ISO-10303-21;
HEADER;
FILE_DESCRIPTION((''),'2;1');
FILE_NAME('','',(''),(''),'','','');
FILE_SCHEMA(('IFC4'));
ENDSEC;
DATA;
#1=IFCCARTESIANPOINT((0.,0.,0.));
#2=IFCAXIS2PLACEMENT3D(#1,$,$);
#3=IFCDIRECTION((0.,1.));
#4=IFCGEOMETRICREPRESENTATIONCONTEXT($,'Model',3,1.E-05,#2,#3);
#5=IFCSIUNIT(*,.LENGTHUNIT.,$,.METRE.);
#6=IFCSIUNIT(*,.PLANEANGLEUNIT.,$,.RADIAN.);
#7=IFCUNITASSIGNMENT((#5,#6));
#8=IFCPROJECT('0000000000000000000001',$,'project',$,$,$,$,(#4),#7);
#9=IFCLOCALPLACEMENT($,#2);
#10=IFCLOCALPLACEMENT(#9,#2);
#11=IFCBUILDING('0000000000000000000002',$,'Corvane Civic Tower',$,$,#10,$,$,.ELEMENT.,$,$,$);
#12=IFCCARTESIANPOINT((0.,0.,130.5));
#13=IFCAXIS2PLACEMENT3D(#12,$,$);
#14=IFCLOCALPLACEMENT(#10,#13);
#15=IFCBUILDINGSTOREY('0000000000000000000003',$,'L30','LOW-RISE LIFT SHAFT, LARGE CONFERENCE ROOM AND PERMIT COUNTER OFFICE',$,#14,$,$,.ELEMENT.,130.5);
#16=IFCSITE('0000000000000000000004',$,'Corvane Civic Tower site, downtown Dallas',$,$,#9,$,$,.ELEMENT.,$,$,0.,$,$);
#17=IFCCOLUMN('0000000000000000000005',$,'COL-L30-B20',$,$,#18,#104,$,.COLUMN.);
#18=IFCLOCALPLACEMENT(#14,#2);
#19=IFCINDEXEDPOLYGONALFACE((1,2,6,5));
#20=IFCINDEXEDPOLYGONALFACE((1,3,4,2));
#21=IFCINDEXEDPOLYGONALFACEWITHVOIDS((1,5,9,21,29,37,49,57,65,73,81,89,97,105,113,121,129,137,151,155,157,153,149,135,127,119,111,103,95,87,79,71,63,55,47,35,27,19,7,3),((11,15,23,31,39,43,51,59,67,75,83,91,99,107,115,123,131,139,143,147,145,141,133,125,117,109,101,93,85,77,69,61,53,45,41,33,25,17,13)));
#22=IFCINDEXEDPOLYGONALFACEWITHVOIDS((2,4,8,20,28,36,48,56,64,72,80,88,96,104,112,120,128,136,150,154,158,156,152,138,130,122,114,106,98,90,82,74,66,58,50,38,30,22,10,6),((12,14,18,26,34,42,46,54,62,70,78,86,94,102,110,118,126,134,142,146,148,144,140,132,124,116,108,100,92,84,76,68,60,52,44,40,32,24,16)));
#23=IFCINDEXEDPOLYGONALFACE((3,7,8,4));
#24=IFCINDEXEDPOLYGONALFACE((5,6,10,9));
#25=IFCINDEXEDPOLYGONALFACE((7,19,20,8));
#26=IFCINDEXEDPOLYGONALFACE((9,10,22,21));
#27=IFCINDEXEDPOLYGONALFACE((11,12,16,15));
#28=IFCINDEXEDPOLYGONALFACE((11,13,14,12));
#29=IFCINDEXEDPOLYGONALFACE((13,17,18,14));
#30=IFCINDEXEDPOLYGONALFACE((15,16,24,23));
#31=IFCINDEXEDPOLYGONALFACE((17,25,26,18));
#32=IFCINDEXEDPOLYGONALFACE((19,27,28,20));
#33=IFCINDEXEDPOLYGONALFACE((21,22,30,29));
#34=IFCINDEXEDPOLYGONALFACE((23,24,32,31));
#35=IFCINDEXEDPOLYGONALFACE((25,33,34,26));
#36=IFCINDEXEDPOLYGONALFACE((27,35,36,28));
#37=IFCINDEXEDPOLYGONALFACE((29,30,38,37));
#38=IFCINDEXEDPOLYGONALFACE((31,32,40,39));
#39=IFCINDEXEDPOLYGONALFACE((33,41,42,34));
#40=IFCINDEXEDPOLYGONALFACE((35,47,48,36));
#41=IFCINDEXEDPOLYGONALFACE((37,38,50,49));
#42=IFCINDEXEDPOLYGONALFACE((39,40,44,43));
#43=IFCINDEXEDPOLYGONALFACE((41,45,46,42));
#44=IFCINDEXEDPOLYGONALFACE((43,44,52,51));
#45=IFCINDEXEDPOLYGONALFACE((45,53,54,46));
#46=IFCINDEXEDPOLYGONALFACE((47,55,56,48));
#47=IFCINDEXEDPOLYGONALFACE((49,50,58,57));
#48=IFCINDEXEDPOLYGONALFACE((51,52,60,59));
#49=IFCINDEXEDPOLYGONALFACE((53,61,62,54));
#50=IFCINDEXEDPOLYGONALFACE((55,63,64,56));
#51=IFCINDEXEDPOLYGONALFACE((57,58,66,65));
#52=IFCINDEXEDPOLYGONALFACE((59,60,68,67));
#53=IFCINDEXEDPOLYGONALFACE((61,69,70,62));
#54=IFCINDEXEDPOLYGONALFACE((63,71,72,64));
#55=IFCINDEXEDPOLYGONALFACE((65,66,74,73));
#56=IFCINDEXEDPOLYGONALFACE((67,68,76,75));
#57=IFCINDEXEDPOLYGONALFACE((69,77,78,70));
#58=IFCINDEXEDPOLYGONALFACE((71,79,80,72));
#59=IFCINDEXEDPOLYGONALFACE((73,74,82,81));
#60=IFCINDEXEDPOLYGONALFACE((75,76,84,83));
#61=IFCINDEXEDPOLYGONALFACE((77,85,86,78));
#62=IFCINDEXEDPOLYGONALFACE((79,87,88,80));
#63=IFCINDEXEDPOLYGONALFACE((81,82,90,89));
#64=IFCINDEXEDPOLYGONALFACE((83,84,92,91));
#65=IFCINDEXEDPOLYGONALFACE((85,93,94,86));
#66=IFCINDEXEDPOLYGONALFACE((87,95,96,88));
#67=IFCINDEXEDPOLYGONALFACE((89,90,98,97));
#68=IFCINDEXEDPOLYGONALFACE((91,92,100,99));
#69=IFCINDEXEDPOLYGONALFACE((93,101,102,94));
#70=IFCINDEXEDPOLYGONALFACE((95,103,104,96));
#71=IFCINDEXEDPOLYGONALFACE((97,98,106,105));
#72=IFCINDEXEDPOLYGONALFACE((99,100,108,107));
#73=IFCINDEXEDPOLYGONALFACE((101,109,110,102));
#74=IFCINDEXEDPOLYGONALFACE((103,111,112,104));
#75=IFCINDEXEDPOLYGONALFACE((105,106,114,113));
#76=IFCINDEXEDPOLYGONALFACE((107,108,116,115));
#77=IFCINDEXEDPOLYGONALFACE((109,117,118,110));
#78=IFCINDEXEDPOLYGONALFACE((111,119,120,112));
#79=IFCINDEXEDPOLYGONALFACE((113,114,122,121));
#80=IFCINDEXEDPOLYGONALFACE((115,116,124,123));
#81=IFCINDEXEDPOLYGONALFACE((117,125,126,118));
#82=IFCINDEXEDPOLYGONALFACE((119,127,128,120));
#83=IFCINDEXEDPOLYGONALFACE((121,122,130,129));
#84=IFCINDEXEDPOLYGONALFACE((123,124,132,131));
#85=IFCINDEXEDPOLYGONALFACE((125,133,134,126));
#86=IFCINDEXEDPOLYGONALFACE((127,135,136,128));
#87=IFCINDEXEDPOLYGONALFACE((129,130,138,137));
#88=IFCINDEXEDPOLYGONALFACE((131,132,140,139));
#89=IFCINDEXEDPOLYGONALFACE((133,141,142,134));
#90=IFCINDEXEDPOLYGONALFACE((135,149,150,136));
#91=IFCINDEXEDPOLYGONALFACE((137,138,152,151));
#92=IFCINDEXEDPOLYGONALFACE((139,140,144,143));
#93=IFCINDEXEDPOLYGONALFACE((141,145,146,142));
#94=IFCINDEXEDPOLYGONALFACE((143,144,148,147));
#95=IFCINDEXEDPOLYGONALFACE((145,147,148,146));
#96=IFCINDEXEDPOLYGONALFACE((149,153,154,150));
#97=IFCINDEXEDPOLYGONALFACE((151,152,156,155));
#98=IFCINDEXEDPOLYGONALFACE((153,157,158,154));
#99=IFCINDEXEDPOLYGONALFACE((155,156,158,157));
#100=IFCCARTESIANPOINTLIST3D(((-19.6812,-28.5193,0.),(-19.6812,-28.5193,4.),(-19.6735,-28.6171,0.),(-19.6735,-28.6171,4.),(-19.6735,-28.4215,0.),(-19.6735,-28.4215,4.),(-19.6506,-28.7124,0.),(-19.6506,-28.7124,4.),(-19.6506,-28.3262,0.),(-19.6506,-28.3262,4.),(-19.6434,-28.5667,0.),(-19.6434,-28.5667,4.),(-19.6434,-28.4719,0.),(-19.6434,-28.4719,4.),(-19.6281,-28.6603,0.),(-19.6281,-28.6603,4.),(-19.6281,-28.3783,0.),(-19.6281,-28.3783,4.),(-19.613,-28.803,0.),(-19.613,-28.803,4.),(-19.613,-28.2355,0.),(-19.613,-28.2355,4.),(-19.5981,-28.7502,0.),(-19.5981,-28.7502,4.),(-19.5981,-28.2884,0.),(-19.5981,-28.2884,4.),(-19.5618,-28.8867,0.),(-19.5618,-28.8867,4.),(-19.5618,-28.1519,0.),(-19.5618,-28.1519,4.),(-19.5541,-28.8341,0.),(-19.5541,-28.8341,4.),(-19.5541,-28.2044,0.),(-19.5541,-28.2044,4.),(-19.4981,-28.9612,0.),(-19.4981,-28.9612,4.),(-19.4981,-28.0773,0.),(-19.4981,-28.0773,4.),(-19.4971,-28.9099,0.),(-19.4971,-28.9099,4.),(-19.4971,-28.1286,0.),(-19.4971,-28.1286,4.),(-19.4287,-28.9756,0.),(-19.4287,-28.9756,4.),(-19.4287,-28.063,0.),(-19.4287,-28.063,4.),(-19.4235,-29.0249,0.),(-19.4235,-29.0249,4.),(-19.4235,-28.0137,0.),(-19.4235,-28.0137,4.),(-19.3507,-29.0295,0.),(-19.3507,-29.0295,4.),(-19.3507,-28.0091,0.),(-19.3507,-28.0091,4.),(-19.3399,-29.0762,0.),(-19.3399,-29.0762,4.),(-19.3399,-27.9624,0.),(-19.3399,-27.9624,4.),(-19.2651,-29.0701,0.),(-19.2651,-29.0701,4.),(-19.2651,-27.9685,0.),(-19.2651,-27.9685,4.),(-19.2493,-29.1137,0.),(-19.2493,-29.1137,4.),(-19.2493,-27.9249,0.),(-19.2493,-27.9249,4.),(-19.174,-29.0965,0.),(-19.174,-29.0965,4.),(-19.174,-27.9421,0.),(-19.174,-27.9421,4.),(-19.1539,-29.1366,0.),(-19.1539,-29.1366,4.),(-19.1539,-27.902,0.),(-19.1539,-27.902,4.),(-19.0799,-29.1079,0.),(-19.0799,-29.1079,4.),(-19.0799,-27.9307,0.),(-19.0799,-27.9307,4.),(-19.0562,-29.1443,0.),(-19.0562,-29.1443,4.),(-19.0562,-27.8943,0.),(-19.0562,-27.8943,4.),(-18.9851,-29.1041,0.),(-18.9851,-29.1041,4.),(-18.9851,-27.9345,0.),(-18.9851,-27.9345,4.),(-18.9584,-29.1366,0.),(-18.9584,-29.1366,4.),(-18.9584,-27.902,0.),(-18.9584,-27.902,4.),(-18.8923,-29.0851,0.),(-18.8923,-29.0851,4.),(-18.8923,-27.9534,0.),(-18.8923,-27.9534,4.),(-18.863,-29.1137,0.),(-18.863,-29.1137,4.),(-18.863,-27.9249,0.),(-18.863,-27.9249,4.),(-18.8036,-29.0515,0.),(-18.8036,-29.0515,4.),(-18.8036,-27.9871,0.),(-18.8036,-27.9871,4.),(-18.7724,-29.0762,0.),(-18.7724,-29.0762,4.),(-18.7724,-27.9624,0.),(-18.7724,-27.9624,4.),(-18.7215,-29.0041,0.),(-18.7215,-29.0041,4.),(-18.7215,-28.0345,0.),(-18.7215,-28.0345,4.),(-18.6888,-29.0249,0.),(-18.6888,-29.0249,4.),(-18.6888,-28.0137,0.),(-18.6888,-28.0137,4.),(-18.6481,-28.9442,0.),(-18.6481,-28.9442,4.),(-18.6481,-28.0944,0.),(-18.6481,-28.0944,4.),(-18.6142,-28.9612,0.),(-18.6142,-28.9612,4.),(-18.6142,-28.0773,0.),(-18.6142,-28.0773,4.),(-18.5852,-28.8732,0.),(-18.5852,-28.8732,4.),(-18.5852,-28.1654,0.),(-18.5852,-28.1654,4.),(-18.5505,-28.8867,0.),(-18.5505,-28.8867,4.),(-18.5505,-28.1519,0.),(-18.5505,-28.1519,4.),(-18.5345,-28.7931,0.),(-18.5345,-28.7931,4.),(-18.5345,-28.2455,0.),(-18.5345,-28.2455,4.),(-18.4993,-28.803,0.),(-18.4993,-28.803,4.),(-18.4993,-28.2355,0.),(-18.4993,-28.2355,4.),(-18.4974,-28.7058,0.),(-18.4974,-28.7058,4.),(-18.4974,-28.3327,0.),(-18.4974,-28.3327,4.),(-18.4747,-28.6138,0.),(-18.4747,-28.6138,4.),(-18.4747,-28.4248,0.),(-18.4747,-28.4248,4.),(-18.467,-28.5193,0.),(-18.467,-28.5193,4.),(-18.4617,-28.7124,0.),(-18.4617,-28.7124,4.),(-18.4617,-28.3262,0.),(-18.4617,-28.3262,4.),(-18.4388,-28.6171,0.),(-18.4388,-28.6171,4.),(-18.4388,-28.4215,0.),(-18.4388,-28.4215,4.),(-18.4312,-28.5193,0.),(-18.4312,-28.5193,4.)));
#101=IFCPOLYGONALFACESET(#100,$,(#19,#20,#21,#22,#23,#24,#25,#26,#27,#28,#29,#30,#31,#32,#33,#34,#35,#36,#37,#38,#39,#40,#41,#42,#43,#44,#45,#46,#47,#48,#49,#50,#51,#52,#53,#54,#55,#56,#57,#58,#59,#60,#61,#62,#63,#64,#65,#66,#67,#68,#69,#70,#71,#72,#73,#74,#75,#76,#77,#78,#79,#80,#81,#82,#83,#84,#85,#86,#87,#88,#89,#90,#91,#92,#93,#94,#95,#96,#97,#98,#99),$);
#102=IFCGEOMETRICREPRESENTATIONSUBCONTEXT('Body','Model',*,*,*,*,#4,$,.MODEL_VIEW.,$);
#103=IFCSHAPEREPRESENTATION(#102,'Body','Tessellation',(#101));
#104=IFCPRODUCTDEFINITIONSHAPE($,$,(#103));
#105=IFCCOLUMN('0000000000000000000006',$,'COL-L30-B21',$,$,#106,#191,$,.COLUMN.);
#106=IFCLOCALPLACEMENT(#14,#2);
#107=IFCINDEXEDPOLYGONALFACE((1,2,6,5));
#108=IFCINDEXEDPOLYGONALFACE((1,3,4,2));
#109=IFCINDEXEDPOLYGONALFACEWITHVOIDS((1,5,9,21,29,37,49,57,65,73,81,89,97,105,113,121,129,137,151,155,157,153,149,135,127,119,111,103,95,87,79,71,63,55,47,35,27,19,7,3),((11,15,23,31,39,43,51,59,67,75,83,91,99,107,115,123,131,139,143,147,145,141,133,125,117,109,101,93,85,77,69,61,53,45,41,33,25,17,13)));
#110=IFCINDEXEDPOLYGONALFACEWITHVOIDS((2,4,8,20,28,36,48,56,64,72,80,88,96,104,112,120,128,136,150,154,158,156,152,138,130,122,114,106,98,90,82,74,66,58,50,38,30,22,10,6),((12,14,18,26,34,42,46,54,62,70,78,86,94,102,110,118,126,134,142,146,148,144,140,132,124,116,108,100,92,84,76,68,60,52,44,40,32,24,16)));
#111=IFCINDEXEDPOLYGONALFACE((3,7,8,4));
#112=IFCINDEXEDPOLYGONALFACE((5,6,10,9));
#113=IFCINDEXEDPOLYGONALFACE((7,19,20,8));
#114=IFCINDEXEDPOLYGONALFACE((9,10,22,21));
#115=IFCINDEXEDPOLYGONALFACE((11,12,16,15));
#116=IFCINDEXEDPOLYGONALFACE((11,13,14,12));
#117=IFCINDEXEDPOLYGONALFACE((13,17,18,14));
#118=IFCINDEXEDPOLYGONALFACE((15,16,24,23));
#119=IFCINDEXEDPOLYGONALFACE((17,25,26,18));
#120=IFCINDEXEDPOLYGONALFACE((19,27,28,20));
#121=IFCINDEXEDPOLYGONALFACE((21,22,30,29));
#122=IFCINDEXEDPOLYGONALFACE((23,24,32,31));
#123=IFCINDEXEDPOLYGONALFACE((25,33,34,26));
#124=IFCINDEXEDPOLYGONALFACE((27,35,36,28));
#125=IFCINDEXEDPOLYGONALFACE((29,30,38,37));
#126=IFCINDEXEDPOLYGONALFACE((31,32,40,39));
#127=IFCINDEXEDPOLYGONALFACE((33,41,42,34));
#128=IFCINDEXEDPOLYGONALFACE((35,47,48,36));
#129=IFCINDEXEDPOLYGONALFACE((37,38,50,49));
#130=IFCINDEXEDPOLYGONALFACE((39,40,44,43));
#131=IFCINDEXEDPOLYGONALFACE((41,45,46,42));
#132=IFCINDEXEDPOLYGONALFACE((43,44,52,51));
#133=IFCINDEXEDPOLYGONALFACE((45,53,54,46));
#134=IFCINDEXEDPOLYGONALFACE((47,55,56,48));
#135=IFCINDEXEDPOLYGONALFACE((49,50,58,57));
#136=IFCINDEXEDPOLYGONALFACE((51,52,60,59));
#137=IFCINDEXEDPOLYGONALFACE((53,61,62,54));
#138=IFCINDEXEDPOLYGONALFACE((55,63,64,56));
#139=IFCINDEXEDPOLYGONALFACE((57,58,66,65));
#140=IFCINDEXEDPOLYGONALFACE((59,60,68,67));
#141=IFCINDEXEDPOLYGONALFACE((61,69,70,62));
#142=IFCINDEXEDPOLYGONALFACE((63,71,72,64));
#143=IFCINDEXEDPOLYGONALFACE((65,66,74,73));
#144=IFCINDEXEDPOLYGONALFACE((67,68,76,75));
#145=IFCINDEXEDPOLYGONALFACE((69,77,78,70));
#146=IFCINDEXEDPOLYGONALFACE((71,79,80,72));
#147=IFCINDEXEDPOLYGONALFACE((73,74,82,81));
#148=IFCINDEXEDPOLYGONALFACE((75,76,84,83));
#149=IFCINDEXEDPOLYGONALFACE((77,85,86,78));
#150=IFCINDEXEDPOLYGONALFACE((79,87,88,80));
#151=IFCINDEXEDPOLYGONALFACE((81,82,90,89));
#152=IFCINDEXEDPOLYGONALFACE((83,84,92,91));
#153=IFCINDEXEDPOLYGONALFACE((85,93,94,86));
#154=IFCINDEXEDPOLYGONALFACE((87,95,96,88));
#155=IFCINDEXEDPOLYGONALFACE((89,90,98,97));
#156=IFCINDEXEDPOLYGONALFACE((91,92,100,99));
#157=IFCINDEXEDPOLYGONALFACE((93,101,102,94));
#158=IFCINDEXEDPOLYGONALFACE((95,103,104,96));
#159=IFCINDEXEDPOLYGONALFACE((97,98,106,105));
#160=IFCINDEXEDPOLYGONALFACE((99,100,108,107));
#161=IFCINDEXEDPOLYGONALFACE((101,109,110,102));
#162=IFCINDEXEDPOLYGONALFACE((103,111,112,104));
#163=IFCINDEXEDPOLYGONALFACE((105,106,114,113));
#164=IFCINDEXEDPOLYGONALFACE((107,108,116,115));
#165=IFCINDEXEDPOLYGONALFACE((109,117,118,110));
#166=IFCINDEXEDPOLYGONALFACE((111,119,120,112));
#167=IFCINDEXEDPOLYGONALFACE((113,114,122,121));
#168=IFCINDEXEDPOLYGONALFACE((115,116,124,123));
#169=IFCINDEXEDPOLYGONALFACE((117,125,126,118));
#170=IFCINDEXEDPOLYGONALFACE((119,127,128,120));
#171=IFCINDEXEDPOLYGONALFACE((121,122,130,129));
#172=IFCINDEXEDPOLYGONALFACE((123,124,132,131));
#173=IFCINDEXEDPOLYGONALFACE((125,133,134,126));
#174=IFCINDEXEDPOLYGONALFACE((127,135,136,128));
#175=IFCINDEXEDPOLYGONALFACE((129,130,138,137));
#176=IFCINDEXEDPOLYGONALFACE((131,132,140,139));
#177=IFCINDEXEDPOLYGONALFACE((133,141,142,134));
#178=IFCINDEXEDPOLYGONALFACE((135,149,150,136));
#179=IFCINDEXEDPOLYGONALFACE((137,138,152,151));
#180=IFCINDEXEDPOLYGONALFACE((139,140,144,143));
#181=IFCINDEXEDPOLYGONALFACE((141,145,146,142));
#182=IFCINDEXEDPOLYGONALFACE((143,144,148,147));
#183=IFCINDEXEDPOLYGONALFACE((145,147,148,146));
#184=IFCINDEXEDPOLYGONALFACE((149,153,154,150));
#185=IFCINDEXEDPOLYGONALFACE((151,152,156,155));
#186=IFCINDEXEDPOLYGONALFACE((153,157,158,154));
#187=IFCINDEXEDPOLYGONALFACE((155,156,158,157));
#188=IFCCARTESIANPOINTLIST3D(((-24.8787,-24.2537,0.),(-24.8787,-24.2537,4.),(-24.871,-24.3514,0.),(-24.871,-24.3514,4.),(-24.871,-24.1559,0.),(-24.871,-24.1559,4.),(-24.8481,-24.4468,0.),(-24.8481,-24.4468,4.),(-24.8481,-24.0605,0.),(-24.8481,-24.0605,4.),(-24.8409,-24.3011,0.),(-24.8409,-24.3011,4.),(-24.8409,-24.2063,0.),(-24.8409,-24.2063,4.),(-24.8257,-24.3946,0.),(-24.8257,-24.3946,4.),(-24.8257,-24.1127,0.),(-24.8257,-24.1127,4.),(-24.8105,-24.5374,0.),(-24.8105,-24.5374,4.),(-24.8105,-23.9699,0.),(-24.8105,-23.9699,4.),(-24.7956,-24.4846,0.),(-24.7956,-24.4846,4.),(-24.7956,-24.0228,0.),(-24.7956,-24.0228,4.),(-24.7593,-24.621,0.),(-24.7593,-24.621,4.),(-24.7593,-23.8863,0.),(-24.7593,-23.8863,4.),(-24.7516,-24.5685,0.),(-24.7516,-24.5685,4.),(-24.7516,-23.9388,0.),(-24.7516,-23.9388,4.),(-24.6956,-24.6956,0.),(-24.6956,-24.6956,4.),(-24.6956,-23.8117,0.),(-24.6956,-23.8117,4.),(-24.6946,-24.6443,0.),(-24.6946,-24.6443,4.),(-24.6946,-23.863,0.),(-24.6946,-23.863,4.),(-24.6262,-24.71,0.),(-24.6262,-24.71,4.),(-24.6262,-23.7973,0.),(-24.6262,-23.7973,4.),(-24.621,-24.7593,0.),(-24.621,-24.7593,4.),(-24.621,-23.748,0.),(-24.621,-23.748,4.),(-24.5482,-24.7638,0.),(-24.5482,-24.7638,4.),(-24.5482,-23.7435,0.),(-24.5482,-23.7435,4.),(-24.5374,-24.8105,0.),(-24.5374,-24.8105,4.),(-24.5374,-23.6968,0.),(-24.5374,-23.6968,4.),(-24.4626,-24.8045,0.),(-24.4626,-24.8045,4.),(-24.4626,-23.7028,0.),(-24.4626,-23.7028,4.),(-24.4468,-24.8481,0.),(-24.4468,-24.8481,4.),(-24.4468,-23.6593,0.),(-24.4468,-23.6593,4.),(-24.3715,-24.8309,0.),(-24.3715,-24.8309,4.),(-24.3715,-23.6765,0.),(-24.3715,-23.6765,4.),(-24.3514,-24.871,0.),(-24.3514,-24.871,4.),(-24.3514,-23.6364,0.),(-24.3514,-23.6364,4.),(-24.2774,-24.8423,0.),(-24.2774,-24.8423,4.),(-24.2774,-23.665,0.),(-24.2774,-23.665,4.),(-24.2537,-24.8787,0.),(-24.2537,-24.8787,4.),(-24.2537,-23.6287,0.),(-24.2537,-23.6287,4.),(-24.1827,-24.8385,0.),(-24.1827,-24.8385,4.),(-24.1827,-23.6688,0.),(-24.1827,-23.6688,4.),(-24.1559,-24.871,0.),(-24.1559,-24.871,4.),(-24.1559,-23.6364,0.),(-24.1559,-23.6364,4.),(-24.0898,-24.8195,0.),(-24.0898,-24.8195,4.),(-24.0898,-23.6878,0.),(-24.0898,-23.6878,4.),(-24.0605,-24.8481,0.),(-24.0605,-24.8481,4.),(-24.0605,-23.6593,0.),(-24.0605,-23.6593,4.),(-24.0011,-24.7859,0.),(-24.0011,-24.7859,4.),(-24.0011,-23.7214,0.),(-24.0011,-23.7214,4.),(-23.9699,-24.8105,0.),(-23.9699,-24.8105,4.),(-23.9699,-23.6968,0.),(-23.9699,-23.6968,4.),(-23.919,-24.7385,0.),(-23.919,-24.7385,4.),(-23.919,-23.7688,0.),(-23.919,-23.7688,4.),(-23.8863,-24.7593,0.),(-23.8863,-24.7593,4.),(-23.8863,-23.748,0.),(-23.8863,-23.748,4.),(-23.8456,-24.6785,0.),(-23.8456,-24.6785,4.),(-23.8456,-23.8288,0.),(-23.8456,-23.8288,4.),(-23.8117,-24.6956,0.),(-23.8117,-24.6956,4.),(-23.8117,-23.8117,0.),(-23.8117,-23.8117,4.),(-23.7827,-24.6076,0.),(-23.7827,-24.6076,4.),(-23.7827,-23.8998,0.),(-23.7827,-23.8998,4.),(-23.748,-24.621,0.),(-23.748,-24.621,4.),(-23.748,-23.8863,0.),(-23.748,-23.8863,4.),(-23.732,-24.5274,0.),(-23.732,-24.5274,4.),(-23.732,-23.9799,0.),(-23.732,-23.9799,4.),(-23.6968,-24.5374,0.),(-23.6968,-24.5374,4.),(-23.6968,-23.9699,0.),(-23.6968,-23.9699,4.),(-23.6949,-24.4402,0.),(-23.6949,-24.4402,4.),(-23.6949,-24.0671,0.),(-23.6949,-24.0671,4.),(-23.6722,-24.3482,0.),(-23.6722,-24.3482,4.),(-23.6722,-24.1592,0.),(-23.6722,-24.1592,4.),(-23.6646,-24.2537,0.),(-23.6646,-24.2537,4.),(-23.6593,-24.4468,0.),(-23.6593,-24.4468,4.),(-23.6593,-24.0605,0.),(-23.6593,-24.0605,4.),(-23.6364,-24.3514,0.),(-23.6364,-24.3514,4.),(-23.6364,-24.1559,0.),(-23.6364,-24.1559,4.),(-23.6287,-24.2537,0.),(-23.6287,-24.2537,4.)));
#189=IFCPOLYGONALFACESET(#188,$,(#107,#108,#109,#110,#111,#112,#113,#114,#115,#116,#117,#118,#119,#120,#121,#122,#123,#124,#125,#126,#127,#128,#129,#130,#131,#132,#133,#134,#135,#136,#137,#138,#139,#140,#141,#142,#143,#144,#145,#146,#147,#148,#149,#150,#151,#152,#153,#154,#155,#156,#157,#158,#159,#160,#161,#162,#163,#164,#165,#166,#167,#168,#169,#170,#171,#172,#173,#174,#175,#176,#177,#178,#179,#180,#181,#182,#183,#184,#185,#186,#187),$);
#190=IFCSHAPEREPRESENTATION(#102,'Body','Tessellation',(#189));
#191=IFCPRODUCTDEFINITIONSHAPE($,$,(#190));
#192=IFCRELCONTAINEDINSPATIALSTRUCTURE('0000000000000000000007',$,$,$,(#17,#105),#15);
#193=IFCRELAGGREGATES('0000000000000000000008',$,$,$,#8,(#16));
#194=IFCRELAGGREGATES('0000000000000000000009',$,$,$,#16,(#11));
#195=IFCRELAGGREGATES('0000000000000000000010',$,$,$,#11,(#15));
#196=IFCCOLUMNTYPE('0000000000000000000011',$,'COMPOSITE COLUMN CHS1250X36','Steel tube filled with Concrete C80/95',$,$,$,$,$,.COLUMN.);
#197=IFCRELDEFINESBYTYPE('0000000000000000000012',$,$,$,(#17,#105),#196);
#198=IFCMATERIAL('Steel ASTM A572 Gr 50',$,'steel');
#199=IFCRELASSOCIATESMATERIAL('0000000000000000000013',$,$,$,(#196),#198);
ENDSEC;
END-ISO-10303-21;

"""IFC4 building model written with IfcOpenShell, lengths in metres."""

from ifc_helpers import new_model, si_unit, direction, frame, origin, origin_2d, place, context, subcontext, project, spatial, hollow_circle, extrude, material, material_profile, profile_set, type_object, element, save


model = new_model("IFC4")

# Units and contexts
model_context = context("Model", 3, precision=1e-05, world=origin(), true_north=direction((0.0, 1.0)))
body_context = subcontext(model_context, "Body", "Model", "MODEL_VIEW")
ifc_project = project(units=[si_unit("LENGTHUNIT", "METRE"), si_unit("PLANEANGLEUNIT", "RADIAN")], contexts=[model_context])

# Site, building, storey
site_placement = place(None, origin())
site = spatial("IfcSite", under=ifc_project, at=site_placement, Name="Corvane Civic Tower site, downtown Dallas", CompositionType="ELEMENT", RefElevation=0.0)
building_placement = place(site_placement, origin())
building = spatial("IfcBuilding", under=site, at=building_placement, Name="Corvane Civic Tower", CompositionType="ELEMENT")
storey_placement = place(building_placement, frame((0.0, 0.0, 130.5)))
storey = spatial("IfcBuildingStorey", under=building, at=storey_placement, Name="L30", Description="LOW-RISE LIFT SHAFT, LARGE CONFERENCE ROOM AND PERMIT COUNTER OFFICE", CompositionType="ELEMENT", Elevation=130.5)

# Columns
ifc_material_1 = material(Name="Steel ASTM A572 Gr 50", Category="steel")
ifc_material_profile_1 = material_profile(ifc_material_1, hollow_circle(Radius=0.625, WallThickness=0.0359, at=origin_2d()), Name="CHS1250X36")
ifc_profile_set_1 = profile_set([ifc_material_profile_1], Name="Steel ASTM A572 Gr 50")
column_type = type_object("IfcColumnType", Name="COMPOSITE COLUMN CHS1250X36", Description="Steel tube filled with Concrete C80/95", PredefinedType="COLUMN", material=ifc_profile_set_1)
for number, where, z_axis, x_axis, name in (
    (1, (-19.0562, -28.5193, 0.0), (0.0, 0.0, 1.0), (1.0, 0.0, 0.0), "COL-L30-B20"),
    (2, (-24.2537, -24.2537, 0.0), (0.0, 0.0, 1.0), (1.0, 0.0, 0.0), "COL-L30-B21"),
):
    element("IfcColumn", number, at=place(storey_placement, frame(where, z_axis=z_axis, x_axis=x_axis)), inside=storey, type_object=column_type, Name=name, PredefinedType="COLUMN", context=body_context, shape_type="SweptSolid", body=[
        extrude(hollow_circle(Radius=0.625, WallThickness=0.0359, at=origin_2d()), origin(), (0.0, 0.0, 1.0), 4.0),
    ])

save(model, "model.ifc")
